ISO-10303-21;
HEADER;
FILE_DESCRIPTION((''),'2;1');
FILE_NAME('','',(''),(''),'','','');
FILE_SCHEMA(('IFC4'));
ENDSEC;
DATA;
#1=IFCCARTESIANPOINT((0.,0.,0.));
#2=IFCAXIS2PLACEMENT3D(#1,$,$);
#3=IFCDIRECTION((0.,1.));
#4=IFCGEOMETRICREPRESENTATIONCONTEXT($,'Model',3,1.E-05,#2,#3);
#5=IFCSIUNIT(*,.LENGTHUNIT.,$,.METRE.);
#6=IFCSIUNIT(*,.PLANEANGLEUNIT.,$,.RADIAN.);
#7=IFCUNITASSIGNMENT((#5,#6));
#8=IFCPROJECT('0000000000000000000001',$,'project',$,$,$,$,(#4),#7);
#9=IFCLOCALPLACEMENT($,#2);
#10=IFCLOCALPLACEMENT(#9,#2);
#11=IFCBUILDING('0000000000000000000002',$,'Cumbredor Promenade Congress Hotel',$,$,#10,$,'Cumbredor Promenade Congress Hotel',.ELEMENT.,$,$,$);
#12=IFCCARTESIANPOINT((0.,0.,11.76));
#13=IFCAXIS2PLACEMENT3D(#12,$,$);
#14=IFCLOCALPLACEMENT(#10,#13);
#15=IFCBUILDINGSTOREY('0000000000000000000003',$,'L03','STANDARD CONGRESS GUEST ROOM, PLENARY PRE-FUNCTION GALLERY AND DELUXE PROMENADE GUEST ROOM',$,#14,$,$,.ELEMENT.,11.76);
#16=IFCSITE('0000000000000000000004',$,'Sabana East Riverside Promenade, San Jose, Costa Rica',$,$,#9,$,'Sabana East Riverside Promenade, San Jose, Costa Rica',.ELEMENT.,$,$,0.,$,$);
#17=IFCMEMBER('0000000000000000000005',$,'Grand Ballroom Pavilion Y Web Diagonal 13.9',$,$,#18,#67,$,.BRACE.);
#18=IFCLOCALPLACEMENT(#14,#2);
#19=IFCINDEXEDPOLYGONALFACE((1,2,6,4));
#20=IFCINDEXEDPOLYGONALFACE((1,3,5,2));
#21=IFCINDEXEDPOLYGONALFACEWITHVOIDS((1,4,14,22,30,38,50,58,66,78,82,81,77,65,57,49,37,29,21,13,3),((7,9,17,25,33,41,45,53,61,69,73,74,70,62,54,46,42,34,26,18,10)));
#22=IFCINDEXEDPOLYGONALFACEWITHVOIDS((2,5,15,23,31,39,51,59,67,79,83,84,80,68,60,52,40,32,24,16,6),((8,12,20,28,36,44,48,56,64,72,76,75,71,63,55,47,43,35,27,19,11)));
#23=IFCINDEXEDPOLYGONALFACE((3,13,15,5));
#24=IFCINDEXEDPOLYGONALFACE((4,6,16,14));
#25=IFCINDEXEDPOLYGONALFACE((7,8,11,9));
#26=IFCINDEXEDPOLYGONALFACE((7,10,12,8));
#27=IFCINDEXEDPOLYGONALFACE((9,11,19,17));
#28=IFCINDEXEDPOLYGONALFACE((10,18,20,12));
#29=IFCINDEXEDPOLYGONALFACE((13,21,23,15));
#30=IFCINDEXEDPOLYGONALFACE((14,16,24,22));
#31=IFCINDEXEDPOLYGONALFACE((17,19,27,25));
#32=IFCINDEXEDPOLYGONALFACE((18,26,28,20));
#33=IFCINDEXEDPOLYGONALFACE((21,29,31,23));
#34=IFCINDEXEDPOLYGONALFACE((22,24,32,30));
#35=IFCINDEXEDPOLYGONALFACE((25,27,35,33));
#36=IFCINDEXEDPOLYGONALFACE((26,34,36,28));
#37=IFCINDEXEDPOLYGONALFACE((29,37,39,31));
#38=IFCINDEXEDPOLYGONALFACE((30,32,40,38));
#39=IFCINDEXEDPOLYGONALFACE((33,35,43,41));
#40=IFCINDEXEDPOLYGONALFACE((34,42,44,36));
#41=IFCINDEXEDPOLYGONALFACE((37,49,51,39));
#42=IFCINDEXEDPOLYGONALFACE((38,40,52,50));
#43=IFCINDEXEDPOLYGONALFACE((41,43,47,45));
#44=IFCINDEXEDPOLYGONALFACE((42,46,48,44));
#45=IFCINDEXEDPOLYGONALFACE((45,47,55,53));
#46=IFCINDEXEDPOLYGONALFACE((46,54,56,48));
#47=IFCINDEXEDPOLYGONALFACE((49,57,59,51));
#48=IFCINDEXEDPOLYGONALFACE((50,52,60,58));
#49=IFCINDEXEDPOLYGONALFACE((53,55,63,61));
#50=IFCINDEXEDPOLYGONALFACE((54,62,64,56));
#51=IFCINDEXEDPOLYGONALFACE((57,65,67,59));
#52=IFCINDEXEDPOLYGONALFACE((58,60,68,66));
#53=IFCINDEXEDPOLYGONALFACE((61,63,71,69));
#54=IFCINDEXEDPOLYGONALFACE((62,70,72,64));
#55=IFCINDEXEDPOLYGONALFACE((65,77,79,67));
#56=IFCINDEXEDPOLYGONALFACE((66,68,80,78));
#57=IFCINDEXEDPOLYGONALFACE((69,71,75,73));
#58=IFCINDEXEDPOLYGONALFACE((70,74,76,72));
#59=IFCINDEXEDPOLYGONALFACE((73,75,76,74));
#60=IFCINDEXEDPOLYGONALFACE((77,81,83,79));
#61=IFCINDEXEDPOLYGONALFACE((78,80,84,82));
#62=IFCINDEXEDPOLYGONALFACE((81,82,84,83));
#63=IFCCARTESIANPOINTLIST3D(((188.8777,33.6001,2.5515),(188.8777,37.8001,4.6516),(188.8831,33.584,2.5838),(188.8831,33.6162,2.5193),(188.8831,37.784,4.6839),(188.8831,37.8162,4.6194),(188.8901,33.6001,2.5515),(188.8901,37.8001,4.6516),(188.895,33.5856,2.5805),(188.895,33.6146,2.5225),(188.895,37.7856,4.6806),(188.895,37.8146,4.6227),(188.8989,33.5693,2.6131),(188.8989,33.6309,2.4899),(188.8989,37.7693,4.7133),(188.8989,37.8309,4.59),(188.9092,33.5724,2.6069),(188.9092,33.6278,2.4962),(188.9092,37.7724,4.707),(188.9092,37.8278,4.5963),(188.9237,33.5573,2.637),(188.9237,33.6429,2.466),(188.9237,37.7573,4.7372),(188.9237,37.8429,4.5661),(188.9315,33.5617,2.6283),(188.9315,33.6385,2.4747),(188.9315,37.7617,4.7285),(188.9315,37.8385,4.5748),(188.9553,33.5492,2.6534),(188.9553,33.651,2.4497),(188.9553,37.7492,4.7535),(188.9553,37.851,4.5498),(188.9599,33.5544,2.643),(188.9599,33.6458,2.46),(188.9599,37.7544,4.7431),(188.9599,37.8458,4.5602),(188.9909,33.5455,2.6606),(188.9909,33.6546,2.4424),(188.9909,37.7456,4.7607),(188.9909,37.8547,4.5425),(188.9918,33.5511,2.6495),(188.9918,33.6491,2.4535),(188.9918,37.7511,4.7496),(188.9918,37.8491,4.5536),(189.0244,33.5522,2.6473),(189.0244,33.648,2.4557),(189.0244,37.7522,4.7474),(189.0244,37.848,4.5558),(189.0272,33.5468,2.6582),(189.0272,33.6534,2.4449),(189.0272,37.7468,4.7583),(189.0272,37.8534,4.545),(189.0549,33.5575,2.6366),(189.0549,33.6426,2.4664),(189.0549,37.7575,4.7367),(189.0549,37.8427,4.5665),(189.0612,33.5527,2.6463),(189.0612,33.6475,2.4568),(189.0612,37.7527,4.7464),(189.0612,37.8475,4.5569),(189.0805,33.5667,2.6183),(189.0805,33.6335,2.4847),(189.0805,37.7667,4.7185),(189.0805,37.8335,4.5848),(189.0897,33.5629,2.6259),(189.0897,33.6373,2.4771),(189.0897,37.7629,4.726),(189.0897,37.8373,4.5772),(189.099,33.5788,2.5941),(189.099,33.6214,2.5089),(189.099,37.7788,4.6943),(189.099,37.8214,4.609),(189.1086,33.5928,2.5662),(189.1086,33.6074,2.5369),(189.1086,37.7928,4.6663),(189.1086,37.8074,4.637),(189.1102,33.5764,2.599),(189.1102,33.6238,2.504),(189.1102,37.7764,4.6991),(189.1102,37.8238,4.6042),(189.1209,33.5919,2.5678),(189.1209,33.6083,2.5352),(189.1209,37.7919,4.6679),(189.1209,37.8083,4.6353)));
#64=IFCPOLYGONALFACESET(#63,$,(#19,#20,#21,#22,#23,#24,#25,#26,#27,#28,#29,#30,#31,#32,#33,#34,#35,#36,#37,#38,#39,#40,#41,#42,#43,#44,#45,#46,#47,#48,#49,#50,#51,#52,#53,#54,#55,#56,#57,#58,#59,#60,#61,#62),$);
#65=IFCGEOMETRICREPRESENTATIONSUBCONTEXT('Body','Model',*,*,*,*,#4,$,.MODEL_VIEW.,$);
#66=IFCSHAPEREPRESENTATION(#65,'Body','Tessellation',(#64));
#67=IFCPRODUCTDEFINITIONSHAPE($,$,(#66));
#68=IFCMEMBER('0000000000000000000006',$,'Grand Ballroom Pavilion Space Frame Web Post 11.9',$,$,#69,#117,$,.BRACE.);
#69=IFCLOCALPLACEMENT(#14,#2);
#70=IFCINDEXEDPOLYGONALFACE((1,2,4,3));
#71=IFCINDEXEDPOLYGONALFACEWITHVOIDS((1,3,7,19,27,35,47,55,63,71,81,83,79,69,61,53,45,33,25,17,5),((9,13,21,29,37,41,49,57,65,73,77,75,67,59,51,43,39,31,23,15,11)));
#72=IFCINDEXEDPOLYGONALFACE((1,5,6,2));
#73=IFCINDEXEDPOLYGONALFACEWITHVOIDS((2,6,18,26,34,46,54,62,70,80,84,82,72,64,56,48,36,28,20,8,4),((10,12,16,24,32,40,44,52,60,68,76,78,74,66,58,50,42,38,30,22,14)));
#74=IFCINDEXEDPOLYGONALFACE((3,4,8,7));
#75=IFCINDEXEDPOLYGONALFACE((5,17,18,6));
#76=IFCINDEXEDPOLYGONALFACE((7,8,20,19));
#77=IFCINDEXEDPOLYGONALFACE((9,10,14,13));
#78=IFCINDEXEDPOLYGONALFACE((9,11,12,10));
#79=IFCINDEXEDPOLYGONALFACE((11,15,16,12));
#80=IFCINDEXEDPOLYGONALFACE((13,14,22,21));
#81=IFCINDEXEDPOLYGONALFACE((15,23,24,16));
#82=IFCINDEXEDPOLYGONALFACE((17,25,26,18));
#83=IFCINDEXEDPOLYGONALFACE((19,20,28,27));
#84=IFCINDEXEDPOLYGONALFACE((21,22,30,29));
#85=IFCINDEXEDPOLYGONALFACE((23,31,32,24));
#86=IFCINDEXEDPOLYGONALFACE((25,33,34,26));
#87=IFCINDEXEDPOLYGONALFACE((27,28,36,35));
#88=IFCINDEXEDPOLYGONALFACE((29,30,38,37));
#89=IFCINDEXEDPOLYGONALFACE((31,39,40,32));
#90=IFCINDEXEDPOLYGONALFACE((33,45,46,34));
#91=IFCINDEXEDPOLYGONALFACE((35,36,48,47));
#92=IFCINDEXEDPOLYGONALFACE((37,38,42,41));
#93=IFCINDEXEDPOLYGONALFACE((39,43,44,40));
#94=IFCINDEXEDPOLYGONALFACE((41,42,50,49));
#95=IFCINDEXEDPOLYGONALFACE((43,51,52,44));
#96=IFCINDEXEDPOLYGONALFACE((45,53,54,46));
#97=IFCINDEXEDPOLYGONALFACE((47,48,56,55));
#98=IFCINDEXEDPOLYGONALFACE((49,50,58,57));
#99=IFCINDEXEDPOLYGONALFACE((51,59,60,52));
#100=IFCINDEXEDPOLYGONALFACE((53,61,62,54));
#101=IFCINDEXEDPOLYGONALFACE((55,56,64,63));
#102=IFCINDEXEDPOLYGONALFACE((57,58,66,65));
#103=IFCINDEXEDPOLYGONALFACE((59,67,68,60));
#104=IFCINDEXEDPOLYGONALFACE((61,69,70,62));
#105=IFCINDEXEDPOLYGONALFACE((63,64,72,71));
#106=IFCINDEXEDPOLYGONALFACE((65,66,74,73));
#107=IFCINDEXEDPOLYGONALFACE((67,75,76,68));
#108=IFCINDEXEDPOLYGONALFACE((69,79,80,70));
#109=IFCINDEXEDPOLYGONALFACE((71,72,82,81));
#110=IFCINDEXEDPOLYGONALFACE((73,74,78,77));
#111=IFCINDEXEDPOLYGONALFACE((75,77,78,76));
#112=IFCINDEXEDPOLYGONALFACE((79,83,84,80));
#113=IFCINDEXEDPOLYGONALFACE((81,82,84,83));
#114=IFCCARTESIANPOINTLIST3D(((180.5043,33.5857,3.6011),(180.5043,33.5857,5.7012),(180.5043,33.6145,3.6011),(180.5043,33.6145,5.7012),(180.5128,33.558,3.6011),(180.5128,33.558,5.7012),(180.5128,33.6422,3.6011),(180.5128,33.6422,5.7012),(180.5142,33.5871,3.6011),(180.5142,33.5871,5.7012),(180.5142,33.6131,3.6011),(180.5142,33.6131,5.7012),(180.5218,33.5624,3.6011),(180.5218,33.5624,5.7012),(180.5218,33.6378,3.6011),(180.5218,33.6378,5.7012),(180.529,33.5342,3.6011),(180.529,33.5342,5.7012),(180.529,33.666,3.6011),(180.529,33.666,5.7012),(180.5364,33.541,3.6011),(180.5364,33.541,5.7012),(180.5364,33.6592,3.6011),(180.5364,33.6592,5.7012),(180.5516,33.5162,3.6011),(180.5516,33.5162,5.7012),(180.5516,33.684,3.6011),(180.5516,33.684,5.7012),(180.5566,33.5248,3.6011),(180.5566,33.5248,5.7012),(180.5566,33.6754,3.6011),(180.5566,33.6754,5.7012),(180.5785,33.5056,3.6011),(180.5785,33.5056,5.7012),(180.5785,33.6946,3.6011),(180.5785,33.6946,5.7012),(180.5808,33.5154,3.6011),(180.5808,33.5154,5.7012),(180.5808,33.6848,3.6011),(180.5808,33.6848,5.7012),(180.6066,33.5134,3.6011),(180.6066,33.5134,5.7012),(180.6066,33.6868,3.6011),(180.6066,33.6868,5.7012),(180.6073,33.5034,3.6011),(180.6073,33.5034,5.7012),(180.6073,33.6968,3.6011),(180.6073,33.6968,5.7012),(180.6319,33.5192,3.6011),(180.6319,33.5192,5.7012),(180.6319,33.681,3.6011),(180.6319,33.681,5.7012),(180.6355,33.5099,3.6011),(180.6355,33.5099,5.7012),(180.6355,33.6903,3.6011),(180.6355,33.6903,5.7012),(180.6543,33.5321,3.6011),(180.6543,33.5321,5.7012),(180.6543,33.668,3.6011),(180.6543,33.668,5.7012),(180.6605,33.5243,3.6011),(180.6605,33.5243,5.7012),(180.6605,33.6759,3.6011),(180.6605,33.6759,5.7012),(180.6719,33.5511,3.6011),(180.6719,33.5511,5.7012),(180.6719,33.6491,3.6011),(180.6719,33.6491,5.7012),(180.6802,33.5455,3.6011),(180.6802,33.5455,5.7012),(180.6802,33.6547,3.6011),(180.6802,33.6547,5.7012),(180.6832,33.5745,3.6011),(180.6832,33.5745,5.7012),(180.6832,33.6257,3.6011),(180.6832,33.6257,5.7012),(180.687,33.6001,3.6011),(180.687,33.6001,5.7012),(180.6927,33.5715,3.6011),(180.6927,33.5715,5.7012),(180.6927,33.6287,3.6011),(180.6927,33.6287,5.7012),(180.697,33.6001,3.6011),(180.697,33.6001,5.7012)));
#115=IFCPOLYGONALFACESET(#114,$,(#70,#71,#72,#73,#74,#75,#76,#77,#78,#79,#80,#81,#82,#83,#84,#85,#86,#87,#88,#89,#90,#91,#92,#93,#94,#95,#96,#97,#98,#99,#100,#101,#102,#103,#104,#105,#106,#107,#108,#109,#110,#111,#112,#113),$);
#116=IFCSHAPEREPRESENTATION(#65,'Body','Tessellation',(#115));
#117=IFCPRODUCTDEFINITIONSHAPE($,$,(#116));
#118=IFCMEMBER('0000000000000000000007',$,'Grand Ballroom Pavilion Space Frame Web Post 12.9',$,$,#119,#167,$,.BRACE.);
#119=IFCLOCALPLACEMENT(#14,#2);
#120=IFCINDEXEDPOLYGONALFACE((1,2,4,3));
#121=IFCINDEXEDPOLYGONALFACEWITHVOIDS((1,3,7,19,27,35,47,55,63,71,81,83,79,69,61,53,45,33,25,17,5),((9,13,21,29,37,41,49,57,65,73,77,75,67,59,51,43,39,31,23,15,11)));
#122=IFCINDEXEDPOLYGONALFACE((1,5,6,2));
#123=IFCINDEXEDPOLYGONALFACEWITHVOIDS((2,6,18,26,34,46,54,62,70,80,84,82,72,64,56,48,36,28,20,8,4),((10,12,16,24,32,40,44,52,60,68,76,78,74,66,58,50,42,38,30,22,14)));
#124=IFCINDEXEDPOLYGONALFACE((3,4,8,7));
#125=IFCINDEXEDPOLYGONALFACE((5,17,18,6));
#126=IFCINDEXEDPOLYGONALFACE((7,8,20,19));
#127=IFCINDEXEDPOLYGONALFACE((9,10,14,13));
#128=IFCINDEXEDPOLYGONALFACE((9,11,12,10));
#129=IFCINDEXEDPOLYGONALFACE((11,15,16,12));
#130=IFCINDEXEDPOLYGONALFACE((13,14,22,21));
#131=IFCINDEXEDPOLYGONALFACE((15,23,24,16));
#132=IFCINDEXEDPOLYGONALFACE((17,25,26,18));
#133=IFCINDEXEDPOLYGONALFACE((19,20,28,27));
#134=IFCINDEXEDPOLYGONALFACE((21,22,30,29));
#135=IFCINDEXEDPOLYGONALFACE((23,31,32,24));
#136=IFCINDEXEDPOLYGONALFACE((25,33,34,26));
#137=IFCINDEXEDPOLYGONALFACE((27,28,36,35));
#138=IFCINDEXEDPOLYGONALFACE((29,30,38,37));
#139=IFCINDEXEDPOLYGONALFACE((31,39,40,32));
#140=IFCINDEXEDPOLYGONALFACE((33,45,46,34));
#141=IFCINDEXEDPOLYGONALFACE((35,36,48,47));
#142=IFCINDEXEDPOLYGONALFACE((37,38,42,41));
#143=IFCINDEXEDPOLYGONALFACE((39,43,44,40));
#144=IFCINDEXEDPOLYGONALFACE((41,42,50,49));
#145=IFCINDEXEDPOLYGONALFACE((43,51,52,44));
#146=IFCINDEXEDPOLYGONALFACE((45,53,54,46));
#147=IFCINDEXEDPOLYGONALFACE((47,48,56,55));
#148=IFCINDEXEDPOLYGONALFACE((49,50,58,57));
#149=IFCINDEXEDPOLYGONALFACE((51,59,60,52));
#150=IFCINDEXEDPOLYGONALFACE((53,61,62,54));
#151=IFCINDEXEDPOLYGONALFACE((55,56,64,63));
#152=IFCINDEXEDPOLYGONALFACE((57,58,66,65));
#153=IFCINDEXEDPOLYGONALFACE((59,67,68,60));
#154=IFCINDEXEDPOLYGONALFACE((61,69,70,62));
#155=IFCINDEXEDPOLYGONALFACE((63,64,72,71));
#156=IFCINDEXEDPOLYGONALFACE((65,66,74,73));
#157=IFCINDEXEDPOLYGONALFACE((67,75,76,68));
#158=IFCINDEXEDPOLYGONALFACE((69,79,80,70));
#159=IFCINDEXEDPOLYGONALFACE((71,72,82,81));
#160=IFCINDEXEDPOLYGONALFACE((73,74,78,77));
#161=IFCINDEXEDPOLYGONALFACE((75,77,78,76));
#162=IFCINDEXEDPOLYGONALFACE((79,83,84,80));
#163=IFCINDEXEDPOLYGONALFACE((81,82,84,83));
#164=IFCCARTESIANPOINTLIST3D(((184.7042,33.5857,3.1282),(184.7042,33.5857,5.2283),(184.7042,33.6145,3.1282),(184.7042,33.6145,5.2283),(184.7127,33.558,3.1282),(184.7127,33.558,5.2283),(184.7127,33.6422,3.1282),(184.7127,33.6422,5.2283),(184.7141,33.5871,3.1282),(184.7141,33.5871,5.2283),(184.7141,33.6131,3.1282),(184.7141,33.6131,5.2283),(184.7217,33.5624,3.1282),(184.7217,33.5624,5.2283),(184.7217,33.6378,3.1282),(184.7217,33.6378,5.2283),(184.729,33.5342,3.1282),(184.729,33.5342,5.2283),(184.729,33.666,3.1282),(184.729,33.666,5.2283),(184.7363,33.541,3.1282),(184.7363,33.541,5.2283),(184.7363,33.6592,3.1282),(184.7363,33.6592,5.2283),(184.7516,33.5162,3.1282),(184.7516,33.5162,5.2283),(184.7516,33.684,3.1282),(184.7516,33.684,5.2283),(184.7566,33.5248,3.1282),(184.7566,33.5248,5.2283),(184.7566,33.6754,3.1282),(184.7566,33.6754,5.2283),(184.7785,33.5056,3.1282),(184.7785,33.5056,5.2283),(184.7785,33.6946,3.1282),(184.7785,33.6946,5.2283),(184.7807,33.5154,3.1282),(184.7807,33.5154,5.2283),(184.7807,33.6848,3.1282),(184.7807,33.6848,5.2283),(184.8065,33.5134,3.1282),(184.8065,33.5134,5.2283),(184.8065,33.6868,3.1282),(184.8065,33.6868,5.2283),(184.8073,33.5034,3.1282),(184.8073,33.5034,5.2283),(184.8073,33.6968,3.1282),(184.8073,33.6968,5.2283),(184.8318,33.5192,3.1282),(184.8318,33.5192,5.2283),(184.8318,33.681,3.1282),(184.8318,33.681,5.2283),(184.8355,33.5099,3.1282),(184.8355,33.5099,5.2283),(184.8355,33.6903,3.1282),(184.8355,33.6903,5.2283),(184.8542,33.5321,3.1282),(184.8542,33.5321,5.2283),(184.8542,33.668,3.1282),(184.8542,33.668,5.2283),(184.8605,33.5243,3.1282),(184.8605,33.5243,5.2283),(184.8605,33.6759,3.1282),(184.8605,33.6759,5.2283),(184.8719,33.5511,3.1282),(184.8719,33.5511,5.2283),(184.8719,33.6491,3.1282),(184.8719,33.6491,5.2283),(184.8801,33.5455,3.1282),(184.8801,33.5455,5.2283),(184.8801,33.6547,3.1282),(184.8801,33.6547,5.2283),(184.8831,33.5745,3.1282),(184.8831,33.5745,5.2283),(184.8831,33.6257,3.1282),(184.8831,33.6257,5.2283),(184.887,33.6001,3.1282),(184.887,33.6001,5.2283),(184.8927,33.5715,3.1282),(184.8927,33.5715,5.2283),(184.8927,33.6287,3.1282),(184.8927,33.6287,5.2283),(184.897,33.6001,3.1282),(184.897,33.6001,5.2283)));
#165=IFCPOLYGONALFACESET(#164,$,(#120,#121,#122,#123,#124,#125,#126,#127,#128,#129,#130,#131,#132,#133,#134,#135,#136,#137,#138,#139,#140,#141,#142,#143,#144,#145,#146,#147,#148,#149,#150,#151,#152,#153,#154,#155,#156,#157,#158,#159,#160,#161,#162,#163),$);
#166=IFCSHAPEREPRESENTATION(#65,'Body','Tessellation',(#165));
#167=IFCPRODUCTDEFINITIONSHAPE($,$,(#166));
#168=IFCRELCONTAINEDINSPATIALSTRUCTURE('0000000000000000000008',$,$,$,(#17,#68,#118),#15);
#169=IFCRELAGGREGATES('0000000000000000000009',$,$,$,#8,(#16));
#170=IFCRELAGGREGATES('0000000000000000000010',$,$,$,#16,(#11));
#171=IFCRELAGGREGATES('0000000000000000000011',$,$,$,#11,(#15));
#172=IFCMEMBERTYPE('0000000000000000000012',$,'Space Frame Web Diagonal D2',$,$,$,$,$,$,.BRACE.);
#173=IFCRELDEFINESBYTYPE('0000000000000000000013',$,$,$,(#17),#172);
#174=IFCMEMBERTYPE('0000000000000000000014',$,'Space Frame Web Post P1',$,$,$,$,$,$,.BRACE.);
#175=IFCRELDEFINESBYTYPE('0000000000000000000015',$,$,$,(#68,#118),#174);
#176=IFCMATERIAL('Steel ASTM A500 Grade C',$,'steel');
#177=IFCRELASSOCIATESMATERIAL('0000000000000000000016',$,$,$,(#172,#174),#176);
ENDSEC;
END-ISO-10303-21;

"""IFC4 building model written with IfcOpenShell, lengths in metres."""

from ifc_helpers import new_model, si_unit, direction, frame, origin, origin_2d, place, context, subcontext, project, spatial, hollow_circle, extrude, material, material_profile, profile_set, type_object, element, save


model = new_model("IFC4")

# Units and contexts
model_context = context("Model", 3, precision=1e-05, world=origin(), true_north=direction((0.0, 1.0)))
body_context = subcontext(model_context, "Body", "Model", "MODEL_VIEW")
ifc_project = project(units=[si_unit("LENGTHUNIT", "METRE"), si_unit("PLANEANGLEUNIT", "RADIAN")], contexts=[model_context])

# Site, building, storey
site_placement = place(None, origin())
site = spatial("IfcSite", under=ifc_project, at=site_placement, Name="Sabana East Riverside Promenade, San Jose, Costa Rica", LongName="Sabana East Riverside Promenade, San Jose, Costa Rica", CompositionType="ELEMENT", RefElevation=0.0)
building_placement = place(site_placement, origin())
building = spatial("IfcBuilding", under=site, at=building_placement, Name="Cumbredor Promenade Congress Hotel", LongName="Cumbredor Promenade Congress Hotel", CompositionType="ELEMENT")
storey_placement = place(building_placement, frame((0.0, 0.0, 11.76)))
storey = spatial("IfcBuildingStorey", under=building, at=storey_placement, Name="L03", Description="STANDARD CONGRESS GUEST ROOM, PLENARY PRE-FUNCTION GALLERY AND DELUXE PROMENADE GUEST ROOM", CompositionType="ELEMENT", Elevation=11.76)

# Shared definitions
ifc_material_1 = material(Name="Steel ASTM A500 Grade C", Category="steel")

# Members
ifc_material_profile_1 = material_profile(ifc_material_1, hollow_circle(Radius=0.1223, WallThickness=0.0125, at=origin_2d()), Name="CHS 244.5x12.5")
ifc_profile_set_1 = profile_set([ifc_material_profile_1], Name="Steel ASTM A500 Grade C")
member_type_1 = type_object("IfcMemberType", Name="Space Frame Web Diagonal D2", PredefinedType="BRACE", material=ifc_profile_set_1)
for number, where, z_axis, x_axis, name in (
    (1, (189.0, 33.6001, 2.5515), (0.0, 0.894417, 0.447234), (-1.0, 0.0, 0.0), "Grand Ballroom Pavilion Y Web Diagonal 13.9"),
):
    element("IfcMember", number, at=place(storey_placement, frame(where, z_axis=z_axis, x_axis=x_axis)), inside=storey, type_object=member_type_1, Name=name, PredefinedType="BRACE", context=body_context, shape_type="SweptSolid", body=[
        extrude(hollow_circle(Radius=0.1223, WallThickness=0.0125, at=origin_2d()), origin(), (0.0, 0.0, 1.0), 4.6958),
    ])
ifc_material_profile_2 = material_profile(ifc_material_1, hollow_circle(Radius=0.0969, WallThickness=0.01, at=origin_2d()), Name="CHS 193.7x10")
ifc_profile_set_2 = profile_set([ifc_material_profile_2], Name="Steel ASTM A500 Grade C")
member_type_2 = type_object("IfcMemberType", Name="Space Frame Web Post P1", PredefinedType="BRACE", material=ifc_profile_set_2)
for number, where, z_axis, x_axis, name in (
    (2, (180.6001, 33.6001, 3.6011), (0.0, 0.0, 1.0), (1.0, 0.0, 0.0), "Grand Ballroom Pavilion Space Frame Web Post 11.9"),
    (3, (184.8, 33.6001, 3.1282), (0.0, 0.0, 1.0), (1.0, 0.0, 0.0), "Grand Ballroom Pavilion Space Frame Web Post 12.9"),
):
    element("IfcMember", number, at=place(storey_placement, frame(where, z_axis=z_axis, x_axis=x_axis)), inside=storey, type_object=member_type_2, Name=name, PredefinedType="BRACE", context=body_context, shape_type="SweptSolid", body=[
        extrude(hollow_circle(Radius=0.0969, WallThickness=0.01, at=origin_2d()), origin(), (0.0, 0.0, 1.0), 2.1001),
    ])

save(model, "model.ifc")
